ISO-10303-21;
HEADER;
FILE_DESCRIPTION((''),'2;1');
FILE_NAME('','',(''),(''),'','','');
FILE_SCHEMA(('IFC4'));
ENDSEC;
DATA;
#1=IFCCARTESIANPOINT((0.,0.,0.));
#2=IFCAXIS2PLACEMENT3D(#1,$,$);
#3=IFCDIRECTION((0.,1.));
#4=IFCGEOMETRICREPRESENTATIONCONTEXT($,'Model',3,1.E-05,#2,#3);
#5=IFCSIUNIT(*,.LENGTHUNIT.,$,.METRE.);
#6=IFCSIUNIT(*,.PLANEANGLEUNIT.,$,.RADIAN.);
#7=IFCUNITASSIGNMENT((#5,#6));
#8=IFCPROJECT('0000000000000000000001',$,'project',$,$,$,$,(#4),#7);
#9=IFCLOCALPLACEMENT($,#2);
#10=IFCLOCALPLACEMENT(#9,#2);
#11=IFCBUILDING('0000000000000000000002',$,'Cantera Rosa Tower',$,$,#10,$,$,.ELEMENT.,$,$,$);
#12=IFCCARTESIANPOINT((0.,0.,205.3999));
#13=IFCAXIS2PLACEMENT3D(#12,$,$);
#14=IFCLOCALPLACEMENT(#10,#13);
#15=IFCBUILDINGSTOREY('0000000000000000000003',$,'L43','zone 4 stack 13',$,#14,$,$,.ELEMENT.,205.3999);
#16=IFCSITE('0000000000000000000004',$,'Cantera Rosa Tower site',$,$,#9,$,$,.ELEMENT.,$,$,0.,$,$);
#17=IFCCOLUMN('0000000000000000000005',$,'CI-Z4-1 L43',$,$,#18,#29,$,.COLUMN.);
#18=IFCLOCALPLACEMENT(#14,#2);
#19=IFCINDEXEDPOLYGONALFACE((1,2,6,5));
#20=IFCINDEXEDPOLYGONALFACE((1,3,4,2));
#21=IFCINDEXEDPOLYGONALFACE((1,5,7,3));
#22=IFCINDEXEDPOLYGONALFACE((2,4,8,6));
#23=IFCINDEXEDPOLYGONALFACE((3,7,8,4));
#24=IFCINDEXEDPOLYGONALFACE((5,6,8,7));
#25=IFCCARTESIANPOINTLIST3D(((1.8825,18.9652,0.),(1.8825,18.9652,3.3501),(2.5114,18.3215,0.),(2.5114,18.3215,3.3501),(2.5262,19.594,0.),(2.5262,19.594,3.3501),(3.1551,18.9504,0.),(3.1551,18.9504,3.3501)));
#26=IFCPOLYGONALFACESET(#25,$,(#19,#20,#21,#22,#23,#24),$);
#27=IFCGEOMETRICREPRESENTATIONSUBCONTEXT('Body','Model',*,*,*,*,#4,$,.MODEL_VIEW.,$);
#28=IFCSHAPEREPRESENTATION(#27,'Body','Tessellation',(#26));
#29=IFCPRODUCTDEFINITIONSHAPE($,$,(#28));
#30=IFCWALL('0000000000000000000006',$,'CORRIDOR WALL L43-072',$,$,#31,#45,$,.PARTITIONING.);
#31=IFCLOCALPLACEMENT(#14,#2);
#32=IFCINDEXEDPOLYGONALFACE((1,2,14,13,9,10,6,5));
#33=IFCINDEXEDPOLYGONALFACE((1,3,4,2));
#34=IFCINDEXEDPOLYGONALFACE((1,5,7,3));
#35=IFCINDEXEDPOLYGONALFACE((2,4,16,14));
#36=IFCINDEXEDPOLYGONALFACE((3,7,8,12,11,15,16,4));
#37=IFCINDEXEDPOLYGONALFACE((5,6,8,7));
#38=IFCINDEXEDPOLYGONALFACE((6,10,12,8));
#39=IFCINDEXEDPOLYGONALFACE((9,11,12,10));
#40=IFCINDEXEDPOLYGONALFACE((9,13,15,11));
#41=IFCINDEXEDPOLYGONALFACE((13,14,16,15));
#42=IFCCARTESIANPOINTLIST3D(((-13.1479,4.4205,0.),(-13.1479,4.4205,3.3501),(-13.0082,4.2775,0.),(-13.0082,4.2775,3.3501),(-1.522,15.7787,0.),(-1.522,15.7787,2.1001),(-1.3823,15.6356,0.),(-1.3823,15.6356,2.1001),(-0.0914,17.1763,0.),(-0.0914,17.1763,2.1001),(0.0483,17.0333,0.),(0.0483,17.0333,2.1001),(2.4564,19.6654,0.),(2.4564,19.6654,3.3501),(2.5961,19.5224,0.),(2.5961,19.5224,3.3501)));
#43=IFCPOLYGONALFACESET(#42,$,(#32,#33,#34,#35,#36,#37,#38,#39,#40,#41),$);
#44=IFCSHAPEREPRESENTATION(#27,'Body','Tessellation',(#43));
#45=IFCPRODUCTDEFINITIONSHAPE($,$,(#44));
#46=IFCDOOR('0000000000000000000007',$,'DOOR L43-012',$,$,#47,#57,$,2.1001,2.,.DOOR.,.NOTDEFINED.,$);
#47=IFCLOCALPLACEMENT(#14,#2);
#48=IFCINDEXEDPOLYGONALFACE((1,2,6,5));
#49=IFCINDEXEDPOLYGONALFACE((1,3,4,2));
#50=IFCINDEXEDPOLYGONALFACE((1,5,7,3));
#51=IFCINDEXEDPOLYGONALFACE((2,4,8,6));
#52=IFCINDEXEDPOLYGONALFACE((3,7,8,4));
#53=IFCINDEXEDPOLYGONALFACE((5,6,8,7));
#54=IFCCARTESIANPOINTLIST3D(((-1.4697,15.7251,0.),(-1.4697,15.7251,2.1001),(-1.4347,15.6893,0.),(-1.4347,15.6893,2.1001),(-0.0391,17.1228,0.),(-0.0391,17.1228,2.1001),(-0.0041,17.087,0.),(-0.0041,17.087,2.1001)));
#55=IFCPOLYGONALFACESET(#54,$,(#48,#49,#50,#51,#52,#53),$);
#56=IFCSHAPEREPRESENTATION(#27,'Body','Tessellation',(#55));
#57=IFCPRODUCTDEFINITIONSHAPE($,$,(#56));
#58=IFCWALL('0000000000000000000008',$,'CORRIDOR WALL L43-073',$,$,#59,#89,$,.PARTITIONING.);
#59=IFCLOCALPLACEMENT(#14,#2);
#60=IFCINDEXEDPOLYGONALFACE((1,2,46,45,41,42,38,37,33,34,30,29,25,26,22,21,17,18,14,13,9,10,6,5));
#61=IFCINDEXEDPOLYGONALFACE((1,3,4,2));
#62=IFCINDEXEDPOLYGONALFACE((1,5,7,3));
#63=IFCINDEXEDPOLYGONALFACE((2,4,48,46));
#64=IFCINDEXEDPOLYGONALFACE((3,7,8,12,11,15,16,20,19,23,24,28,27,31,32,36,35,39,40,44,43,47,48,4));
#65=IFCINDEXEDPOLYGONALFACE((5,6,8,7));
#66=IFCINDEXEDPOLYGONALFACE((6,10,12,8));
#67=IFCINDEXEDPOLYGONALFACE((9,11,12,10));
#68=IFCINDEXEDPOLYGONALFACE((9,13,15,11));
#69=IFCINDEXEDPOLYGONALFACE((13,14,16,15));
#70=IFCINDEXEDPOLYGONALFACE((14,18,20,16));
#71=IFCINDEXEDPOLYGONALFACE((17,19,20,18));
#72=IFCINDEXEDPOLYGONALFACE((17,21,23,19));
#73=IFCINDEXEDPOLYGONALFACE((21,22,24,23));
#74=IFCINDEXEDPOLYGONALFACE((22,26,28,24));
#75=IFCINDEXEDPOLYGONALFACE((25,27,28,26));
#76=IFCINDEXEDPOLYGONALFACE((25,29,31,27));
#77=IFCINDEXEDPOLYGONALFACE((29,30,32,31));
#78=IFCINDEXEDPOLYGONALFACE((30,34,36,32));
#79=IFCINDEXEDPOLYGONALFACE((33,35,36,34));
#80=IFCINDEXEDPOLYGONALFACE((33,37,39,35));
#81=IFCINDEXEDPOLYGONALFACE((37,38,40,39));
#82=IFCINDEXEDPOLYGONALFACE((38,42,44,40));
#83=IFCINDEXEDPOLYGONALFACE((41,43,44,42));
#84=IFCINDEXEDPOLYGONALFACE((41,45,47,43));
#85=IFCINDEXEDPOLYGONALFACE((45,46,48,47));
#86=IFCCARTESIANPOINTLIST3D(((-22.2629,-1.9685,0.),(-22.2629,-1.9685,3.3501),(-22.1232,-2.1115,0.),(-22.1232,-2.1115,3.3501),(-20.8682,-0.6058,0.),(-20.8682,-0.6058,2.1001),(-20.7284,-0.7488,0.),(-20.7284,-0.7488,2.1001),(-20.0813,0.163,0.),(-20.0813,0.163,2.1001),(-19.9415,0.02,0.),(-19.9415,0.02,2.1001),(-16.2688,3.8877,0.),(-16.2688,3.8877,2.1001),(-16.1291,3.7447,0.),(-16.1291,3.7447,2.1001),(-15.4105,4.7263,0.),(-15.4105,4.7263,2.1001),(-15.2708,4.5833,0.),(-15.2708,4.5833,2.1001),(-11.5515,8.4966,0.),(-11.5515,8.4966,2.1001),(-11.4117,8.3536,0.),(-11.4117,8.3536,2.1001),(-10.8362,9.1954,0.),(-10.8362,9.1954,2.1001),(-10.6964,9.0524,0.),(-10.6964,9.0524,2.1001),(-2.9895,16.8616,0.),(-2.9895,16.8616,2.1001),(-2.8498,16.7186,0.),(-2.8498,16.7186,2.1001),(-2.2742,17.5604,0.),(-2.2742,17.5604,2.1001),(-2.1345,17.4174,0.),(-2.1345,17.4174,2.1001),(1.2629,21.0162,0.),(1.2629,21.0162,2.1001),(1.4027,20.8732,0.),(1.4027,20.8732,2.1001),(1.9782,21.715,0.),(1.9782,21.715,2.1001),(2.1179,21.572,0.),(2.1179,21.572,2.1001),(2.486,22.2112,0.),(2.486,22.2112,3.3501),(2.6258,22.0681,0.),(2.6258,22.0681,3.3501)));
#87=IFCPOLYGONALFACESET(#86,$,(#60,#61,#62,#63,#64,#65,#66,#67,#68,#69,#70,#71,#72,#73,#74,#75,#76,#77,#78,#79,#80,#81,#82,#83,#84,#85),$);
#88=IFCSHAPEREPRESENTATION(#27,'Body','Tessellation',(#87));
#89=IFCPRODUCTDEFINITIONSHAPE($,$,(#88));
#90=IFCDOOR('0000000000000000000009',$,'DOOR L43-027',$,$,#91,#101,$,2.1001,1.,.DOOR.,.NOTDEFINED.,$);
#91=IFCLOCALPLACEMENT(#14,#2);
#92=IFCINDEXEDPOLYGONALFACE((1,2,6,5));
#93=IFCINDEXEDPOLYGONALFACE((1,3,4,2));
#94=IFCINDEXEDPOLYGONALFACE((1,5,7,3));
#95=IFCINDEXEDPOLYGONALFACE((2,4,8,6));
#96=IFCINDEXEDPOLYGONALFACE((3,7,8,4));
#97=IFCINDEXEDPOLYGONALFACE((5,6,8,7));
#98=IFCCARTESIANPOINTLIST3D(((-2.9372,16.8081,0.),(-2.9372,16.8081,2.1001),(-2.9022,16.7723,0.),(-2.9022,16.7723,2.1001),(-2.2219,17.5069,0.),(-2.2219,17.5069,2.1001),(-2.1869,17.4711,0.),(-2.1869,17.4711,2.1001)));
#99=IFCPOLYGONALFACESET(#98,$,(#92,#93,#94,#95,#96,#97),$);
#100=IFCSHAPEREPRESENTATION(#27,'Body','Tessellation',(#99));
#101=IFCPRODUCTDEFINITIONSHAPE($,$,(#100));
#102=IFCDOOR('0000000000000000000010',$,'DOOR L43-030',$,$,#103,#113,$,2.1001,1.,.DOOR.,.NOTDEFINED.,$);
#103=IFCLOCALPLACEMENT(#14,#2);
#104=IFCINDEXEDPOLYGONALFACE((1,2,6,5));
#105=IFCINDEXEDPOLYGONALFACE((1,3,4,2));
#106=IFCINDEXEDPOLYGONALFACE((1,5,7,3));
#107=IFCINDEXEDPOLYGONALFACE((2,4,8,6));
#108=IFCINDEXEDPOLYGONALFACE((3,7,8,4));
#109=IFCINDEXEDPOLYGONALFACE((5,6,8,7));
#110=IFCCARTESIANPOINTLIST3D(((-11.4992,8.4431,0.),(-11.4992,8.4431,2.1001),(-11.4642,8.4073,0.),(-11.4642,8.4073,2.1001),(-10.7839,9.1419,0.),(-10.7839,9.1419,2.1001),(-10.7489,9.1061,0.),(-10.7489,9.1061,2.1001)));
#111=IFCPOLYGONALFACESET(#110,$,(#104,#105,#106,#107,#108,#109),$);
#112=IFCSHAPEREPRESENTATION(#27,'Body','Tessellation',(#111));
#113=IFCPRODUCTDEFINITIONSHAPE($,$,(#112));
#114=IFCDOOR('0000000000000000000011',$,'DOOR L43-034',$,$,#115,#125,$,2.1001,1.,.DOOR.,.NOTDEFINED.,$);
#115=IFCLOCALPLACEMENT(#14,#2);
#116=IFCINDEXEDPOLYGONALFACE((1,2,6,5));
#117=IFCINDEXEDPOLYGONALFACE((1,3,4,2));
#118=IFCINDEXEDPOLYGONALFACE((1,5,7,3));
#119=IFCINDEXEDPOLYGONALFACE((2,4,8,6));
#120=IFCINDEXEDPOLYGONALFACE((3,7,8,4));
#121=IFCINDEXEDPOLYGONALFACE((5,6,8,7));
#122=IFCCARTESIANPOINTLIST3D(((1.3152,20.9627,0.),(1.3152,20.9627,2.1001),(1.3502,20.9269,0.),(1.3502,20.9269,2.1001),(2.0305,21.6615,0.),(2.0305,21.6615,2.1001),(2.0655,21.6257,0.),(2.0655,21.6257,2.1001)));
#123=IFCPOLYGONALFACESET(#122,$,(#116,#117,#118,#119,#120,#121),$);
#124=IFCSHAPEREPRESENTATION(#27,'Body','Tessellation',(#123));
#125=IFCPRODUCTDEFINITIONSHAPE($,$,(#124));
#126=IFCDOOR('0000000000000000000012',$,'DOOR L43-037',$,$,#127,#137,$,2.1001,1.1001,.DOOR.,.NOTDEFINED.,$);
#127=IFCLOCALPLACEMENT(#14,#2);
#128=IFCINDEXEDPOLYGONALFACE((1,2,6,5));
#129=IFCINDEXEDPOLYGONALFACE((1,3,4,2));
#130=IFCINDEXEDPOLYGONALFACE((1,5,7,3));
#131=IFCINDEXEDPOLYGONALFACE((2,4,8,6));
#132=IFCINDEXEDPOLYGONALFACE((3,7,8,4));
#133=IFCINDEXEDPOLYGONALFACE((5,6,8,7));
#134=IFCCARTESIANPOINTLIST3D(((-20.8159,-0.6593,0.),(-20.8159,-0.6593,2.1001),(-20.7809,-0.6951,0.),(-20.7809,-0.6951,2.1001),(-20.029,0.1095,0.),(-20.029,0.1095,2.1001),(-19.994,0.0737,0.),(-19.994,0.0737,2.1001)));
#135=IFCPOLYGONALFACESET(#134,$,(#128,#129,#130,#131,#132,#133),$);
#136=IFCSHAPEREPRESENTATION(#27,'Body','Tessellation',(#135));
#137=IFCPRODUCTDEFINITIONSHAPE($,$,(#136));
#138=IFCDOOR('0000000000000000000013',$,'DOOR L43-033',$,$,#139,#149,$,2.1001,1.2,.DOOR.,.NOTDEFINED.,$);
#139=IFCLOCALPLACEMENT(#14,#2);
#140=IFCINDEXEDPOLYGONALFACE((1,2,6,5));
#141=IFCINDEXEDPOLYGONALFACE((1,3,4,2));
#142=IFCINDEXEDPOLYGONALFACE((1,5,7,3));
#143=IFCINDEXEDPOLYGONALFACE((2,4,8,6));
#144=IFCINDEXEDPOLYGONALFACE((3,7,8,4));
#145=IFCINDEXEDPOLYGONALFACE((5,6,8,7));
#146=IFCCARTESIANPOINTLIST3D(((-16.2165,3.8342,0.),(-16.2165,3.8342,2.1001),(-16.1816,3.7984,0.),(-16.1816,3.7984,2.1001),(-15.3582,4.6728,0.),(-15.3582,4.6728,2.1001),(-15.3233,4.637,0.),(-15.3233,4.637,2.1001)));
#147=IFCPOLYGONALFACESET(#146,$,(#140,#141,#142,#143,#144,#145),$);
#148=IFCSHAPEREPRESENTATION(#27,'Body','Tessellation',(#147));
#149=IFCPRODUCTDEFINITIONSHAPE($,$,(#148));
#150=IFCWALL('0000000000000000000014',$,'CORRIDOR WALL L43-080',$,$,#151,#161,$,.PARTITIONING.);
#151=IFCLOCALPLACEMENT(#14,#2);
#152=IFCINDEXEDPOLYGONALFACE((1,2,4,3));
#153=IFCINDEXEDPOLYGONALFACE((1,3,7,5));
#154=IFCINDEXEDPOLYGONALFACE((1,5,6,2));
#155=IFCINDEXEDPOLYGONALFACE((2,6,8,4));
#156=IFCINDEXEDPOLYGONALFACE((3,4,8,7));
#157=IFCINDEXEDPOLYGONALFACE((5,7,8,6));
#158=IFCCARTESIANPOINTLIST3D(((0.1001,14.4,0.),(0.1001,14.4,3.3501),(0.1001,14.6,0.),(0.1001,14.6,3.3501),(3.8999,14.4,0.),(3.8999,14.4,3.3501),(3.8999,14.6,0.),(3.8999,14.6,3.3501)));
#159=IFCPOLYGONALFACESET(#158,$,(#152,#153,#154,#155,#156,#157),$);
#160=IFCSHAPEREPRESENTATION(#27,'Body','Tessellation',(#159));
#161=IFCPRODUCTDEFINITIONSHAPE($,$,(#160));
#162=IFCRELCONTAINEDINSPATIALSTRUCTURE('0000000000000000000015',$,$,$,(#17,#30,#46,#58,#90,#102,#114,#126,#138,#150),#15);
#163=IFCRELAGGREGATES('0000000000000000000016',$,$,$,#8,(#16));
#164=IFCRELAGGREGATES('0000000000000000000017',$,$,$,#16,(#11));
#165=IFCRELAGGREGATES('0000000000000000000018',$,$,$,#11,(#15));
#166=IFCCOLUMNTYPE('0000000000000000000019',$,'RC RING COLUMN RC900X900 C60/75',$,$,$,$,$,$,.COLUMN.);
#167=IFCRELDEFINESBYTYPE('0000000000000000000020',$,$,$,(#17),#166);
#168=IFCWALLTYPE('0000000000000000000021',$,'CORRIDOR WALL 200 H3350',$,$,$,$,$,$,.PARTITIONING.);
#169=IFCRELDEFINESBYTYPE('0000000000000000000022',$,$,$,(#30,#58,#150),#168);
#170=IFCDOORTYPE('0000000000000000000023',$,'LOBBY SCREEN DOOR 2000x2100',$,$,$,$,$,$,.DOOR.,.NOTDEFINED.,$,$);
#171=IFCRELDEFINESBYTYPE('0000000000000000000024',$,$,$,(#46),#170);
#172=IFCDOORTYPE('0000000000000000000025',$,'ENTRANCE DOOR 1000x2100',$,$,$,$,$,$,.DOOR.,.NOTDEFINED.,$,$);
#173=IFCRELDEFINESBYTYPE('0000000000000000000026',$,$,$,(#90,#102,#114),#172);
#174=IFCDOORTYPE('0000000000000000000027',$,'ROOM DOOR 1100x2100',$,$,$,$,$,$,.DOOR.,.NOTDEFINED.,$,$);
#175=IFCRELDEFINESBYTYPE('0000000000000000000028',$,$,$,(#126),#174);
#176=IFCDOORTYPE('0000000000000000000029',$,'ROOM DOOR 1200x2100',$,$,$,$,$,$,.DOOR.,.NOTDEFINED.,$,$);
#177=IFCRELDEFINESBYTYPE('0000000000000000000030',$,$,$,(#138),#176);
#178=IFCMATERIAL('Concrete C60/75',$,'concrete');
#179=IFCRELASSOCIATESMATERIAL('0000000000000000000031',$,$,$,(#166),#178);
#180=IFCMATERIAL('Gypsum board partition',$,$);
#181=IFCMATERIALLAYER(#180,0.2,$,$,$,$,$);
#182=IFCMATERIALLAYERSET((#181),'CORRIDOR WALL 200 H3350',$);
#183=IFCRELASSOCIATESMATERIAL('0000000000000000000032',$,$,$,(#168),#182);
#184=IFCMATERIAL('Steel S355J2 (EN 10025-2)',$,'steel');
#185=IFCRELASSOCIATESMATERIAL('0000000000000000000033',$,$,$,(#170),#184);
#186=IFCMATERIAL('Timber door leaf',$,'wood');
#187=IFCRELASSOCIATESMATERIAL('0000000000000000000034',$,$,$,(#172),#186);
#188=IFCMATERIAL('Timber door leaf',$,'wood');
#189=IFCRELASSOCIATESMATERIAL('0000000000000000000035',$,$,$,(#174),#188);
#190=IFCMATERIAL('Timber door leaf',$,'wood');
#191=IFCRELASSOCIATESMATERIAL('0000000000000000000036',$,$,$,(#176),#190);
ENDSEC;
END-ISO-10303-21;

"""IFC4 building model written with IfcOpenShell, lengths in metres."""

from ifc_helpers import new_model, si_unit, direction, frame, frame_2d, origin, origin_2d, place, context, subcontext, project, spatial, rectangle, extrude, material, layer, layer_set, material_profile, profile_set, type_object, element, fill, save


model = new_model("IFC4")

# Units and contexts
model_context = context("Model", 3, precision=1e-05, world=origin(), true_north=direction((0.0, 1.0)))
body_context = subcontext(model_context, "Body", "Model", "MODEL_VIEW")
ifc_project = project(units=[si_unit("LENGTHUNIT", "METRE"), si_unit("PLANEANGLEUNIT", "RADIAN")], contexts=[model_context])

# Site, building, storey
site_placement = place(None, origin())
site = spatial("IfcSite", under=ifc_project, at=site_placement, Name="Cantera Rosa Tower site", CompositionType="ELEMENT", RefElevation=0.0)
building_placement = place(site_placement, origin())
building = spatial("IfcBuilding", under=site, at=building_placement, Name="Cantera Rosa Tower", CompositionType="ELEMENT")
storey_placement = place(building_placement, frame((0.0, 0.0, 205.3999)))
storey = spatial("IfcBuildingStorey", under=building, at=storey_placement, Name="L43", Description="zone 4 stack 13", CompositionType="ELEMENT", Elevation=205.3999)

# Column
ifc_material_1 = material(Name="Concrete C60/75", Category="concrete")
ifc_material_profile = material_profile(ifc_material_1, rectangle(XDim=0.8999, YDim=0.8999, at=origin_2d()), Name="RC RING COLUMN RC900X900 C60/75")
ifc_profile_set = profile_set([ifc_material_profile], Name="Concrete C60/75")
column_type = type_object("IfcColumnType", Name="RC RING COLUMN RC900X900 C60/75", PredefinedType="COLUMN", material=ifc_profile_set)
column_placement = place(storey_placement, frame((2.5188, 18.9578, 0.0), z_axis=(0.0, 0.0, 1.0), x_axis=(0.715286, 0.698832, 0.0)))
element("IfcColumn", 1, at=column_placement, inside=storey, type_object=column_type, Name="CI-Z4-1 L43", PredefinedType="COLUMN", context=body_context, shape_type="SweptSolid", body=[
    extrude(rectangle(XDim=0.8999, YDim=0.8999, at=origin_2d()), origin(), (0.0, 0.0, 1.0), 3.3501),
])

# Wall, opening, door
ifc_material_2 = material(Name="Gypsum board partition")
ifc_layer_1 = layer(ifc_material_2, 0.2)
ifc_layer_set_1 = layer_set([ifc_layer_1], Name="CORRIDOR WALL 200 H3350")
wall_type_1 = type_object("IfcWallType", Name="CORRIDOR WALL 200 H3350", PredefinedType="PARTITIONING", material=ifc_layer_set_1)
wall_1_placement = place(storey_placement, frame((2.5264, 19.594, 0.0), z_axis=(0.0, 0.0, 1.0), x_axis=(-0.715296, -0.698822, 0.0)))
wall_1 = element("IfcWall", 2, at=wall_1_placement, inside=storey, type_object=wall_type_1, Name="CORRIDOR WALL L43-072", PredefinedType="PARTITIONING", context=body_context, shape_type="SweptSolid", body=[
    extrude(rectangle(XDim=21.8152, YDim=0.2, at=frame_2d((10.9077, 0.0))), origin(), (0.0, 0.0, 1.0), 3.3501),
])
opening_1_placement = place(wall_1_placement, frame((3.562, 0.0, 0.0)))
opening_1 = element("IfcOpeningElement", 3, at=opening_1_placement, cuts=wall_1, PredefinedType="OPENING", context=body_context, shape_type="SweptSolid", body=[
    extrude(rectangle(XDim=2.0, YDim=2.1001, at=frame_2d((1.0, 1.05))), frame((0.0, 0.1099, 0.0), z_axis=(0.0, -1.0, 0.0), x_axis=(1.0, 0.0, 0.0)), (0.0, 0.0, 1.0), 0.22),
])
ifc_material_3 = material(Name="Steel S355J2 (EN 10025-2)", Category="steel")
door_type_1 = type_object("IfcDoorType", Name="LOBBY SCREEN DOOR 2000x2100", OperationType="NOTDEFINED", PredefinedType="DOOR", material=ifc_material_3)
door_1_placement = place(opening_1_placement, origin())
door_1 = element("IfcDoor", 4, at=door_1_placement, inside=storey, type_object=door_type_1, Name="DOOR L43-012", OperationType="NOTDEFINED", OverallHeight=2.1001, OverallWidth=2.0, PredefinedType="DOOR", context=body_context, shape_type="SweptSolid", body=[
    extrude(rectangle(XDim=2.0, YDim=2.1001, at=frame_2d((1.0, 1.05))), frame((0.0, 0.0249, 0.0), z_axis=(0.0, -1.0, 0.0), x_axis=(1.0, 0.0, 0.0)), (0.0, 0.0, 1.0), 0.05),
])
fill(opening_1, door_1)

# Wall, openings, doors
wall_2_placement = place(storey_placement, frame((2.5559, 22.1396, 0.0), z_axis=(0.0, 0.0, 1.0), x_axis=(-0.715286, -0.698832, 0.0)))
wall_2 = element("IfcWall", 5, at=wall_2_placement, inside=storey, type_object=wall_type_1, Name="CORRIDOR WALL L43-073", PredefinedType="PARTITIONING", context=body_context, shape_type="SweptSolid", body=[
    extrude(rectangle(XDim=34.6001, YDim=0.2, at=frame_2d((17.3, 0.0))), origin(), (0.0, 0.0, 1.0), 3.3501),
])
opening_2_placement = place(wall_2_placement, frame((6.655, 0.0, 0.0)))
opening_2 = element("IfcOpeningElement", 6, at=opening_2_placement, cuts=wall_2, PredefinedType="OPENING", context=body_context, shape_type="SweptSolid", body=[
    extrude(rectangle(XDim=1.0, YDim=2.1001, at=frame_2d((0.5, 1.05))), frame((0.0, 0.1099, 0.0), z_axis=(0.0, -1.0, 0.0), x_axis=(1.0, 0.0, 0.0)), (0.0, 0.0, 1.0), 0.22),
])
opening_3_placement = place(wall_2_placement, frame((18.625, 0.0, 0.0)))
opening_3 = element("IfcOpeningElement", 7, at=opening_3_placement, cuts=wall_2, PredefinedType="OPENING", context=body_context, shape_type="SweptSolid", body=[
    extrude(rectangle(XDim=1.0, YDim=2.1001, at=frame_2d((0.5, 1.05))), frame((0.0, 0.1099, 0.0), z_axis=(0.0, -1.0, 0.0), x_axis=(1.0, 0.0, 0.0)), (0.0, 0.0, 1.0), 0.22),
])
opening_4_placement = place(wall_2_placement, frame((25.02, 0.0, 0.0)))
opening_4 = element("IfcOpeningElement", 8, at=opening_4_placement, cuts=wall_2, PredefinedType="OPENING", context=body_context, shape_type="SweptSolid", body=[
    extrude(rectangle(XDim=1.2, YDim=2.1001, at=frame_2d((0.6001, 1.05))), frame((0.0, 0.1099, 0.0), z_axis=(0.0, -1.0, 0.0), x_axis=(1.0, 0.0, 0.0)), (0.0, 0.0, 1.0), 0.22),
])
opening_5_placement = place(wall_2_placement, frame((0.71, 0.0, 0.0)))
opening_5 = element("IfcOpeningElement", 9, at=opening_5_placement, cuts=wall_2, PredefinedType="OPENING", context=body_context, shape_type="SweptSolid", body=[
    extrude(rectangle(XDim=1.0, YDim=2.1001, at=frame_2d((0.5, 1.05))), frame((0.0, 0.1099, 0.0), z_axis=(0.0, -1.0, 0.0), x_axis=(1.0, 0.0, 0.0)), (0.0, 0.0, 1.0), 0.22),
])
opening_6_placement = place(wall_2_placement, frame((31.55, 0.0, 0.0)))
opening_6 = element("IfcOpeningElement", 10, at=opening_6_placement, cuts=wall_2, PredefinedType="OPENING", context=body_context, shape_type="SweptSolid", body=[
    extrude(rectangle(XDim=1.1001, YDim=2.1001, at=frame_2d((0.55, 1.05))), frame((0.0, 0.1099, 0.0), z_axis=(0.0, -1.0, 0.0), x_axis=(1.0, 0.0, 0.0)), (0.0, 0.0, 1.0), 0.22),
])
ifc_material_4 = material(Name="Timber door leaf", Category="wood")
door_type_2 = type_object("IfcDoorType", Name="ENTRANCE DOOR 1000x2100", OperationType="NOTDEFINED", PredefinedType="DOOR", material=ifc_material_4)
door_2_placement = place(opening_2_placement, origin())
door_2 = element("IfcDoor", 11, at=door_2_placement, inside=storey, type_object=door_type_2, Name="DOOR L43-027", OperationType="NOTDEFINED", OverallHeight=2.1001, OverallWidth=1.0, PredefinedType="DOOR", context=body_context, shape_type="SweptSolid", body=[
    extrude(rectangle(XDim=1.0, YDim=2.1001, at=frame_2d((0.5, 1.05))), frame((0.0, 0.0249, 0.0), z_axis=(0.0, -1.0, 0.0), x_axis=(1.0, 0.0, 0.0)), (0.0, 0.0, 1.0), 0.05),
])
fill(opening_2, door_2)
door_3_placement = place(opening_3_placement, origin())
door_3 = element("IfcDoor", 12, at=door_3_placement, inside=storey, type_object=door_type_2, Name="DOOR L43-030", OperationType="NOTDEFINED", OverallHeight=2.1001, OverallWidth=1.0, PredefinedType="DOOR", context=body_context, shape_type="SweptSolid", body=[
    extrude(rectangle(XDim=1.0, YDim=2.1001, at=frame_2d((0.5, 1.05))), frame((0.0, 0.0249, 0.0), z_axis=(0.0, -1.0, 0.0), x_axis=(1.0, 0.0, 0.0)), (0.0, 0.0, 1.0), 0.05),
])
fill(opening_3, door_3)
door_4_placement = place(opening_5_placement, origin())
door_4 = element("IfcDoor", 13, at=door_4_placement, inside=storey, type_object=door_type_2, Name="DOOR L43-034", OperationType="NOTDEFINED", OverallHeight=2.1001, OverallWidth=1.0, PredefinedType="DOOR", context=body_context, shape_type="SweptSolid", body=[
    extrude(rectangle(XDim=1.0, YDim=2.1001, at=frame_2d((0.5, 1.05))), frame((0.0, 0.0249, 0.0), z_axis=(0.0, -1.0, 0.0), x_axis=(1.0, 0.0, 0.0)), (0.0, 0.0, 1.0), 0.05),
])
fill(opening_5, door_4)
ifc_material_5 = material(Name="Timber door leaf", Category="wood")
door_type_3 = type_object("IfcDoorType", Name="ROOM DOOR 1100x2100", OperationType="NOTDEFINED", PredefinedType="DOOR", material=ifc_material_5)
door_5_placement = place(opening_6_placement, origin())
door_5 = element("IfcDoor", 14, at=door_5_placement, inside=storey, type_object=door_type_3, Name="DOOR L43-037", OperationType="NOTDEFINED", OverallHeight=2.1001, OverallWidth=1.1001, PredefinedType="DOOR", context=body_context, shape_type="SweptSolid", body=[
    extrude(rectangle(XDim=1.1001, YDim=2.1001, at=frame_2d((0.55, 1.05))), frame((0.0, 0.0249, 0.0), z_axis=(0.0, -1.0, 0.0), x_axis=(1.0, 0.0, 0.0)), (0.0, 0.0, 1.0), 0.05),
])
fill(opening_6, door_5)
ifc_material_6 = material(Name="Timber door leaf", Category="wood")
door_type_4 = type_object("IfcDoorType", Name="ROOM DOOR 1200x2100", OperationType="NOTDEFINED", PredefinedType="DOOR", material=ifc_material_6)
door_6_placement = place(opening_4_placement, origin())
door_6 = element("IfcDoor", 15, at=door_6_placement, inside=storey, type_object=door_type_4, Name="DOOR L43-033", OperationType="NOTDEFINED", OverallHeight=2.1001, OverallWidth=1.2, PredefinedType="DOOR", context=body_context, shape_type="SweptSolid", body=[
    extrude(rectangle(XDim=1.2, YDim=2.1001, at=frame_2d((0.6001, 1.05))), frame((0.0, 0.0249, 0.0), z_axis=(0.0, -1.0, 0.0), x_axis=(1.0, 0.0, 0.0)), (0.0, 0.0, 1.0), 0.05),
])
fill(opening_4, door_6)

# Wall
wall_3_placement = place(storey_placement, frame((3.8999, 14.5, 0.0), z_axis=(0.0, 0.0, 1.0), x_axis=(-1.0, 0.0, 0.0)))
element("IfcWall", 16, at=wall_3_placement, inside=storey, type_object=wall_type_1, Name="CORRIDOR WALL L43-080", PredefinedType="PARTITIONING", context=body_context, shape_type="SweptSolid", body=[
    extrude(rectangle(XDim=3.7998, YDim=0.2, at=frame_2d((1.8999, 0.0))), origin(), (0.0, 0.0, 1.0), 3.3501),
])

save(model, "model.ifc")
